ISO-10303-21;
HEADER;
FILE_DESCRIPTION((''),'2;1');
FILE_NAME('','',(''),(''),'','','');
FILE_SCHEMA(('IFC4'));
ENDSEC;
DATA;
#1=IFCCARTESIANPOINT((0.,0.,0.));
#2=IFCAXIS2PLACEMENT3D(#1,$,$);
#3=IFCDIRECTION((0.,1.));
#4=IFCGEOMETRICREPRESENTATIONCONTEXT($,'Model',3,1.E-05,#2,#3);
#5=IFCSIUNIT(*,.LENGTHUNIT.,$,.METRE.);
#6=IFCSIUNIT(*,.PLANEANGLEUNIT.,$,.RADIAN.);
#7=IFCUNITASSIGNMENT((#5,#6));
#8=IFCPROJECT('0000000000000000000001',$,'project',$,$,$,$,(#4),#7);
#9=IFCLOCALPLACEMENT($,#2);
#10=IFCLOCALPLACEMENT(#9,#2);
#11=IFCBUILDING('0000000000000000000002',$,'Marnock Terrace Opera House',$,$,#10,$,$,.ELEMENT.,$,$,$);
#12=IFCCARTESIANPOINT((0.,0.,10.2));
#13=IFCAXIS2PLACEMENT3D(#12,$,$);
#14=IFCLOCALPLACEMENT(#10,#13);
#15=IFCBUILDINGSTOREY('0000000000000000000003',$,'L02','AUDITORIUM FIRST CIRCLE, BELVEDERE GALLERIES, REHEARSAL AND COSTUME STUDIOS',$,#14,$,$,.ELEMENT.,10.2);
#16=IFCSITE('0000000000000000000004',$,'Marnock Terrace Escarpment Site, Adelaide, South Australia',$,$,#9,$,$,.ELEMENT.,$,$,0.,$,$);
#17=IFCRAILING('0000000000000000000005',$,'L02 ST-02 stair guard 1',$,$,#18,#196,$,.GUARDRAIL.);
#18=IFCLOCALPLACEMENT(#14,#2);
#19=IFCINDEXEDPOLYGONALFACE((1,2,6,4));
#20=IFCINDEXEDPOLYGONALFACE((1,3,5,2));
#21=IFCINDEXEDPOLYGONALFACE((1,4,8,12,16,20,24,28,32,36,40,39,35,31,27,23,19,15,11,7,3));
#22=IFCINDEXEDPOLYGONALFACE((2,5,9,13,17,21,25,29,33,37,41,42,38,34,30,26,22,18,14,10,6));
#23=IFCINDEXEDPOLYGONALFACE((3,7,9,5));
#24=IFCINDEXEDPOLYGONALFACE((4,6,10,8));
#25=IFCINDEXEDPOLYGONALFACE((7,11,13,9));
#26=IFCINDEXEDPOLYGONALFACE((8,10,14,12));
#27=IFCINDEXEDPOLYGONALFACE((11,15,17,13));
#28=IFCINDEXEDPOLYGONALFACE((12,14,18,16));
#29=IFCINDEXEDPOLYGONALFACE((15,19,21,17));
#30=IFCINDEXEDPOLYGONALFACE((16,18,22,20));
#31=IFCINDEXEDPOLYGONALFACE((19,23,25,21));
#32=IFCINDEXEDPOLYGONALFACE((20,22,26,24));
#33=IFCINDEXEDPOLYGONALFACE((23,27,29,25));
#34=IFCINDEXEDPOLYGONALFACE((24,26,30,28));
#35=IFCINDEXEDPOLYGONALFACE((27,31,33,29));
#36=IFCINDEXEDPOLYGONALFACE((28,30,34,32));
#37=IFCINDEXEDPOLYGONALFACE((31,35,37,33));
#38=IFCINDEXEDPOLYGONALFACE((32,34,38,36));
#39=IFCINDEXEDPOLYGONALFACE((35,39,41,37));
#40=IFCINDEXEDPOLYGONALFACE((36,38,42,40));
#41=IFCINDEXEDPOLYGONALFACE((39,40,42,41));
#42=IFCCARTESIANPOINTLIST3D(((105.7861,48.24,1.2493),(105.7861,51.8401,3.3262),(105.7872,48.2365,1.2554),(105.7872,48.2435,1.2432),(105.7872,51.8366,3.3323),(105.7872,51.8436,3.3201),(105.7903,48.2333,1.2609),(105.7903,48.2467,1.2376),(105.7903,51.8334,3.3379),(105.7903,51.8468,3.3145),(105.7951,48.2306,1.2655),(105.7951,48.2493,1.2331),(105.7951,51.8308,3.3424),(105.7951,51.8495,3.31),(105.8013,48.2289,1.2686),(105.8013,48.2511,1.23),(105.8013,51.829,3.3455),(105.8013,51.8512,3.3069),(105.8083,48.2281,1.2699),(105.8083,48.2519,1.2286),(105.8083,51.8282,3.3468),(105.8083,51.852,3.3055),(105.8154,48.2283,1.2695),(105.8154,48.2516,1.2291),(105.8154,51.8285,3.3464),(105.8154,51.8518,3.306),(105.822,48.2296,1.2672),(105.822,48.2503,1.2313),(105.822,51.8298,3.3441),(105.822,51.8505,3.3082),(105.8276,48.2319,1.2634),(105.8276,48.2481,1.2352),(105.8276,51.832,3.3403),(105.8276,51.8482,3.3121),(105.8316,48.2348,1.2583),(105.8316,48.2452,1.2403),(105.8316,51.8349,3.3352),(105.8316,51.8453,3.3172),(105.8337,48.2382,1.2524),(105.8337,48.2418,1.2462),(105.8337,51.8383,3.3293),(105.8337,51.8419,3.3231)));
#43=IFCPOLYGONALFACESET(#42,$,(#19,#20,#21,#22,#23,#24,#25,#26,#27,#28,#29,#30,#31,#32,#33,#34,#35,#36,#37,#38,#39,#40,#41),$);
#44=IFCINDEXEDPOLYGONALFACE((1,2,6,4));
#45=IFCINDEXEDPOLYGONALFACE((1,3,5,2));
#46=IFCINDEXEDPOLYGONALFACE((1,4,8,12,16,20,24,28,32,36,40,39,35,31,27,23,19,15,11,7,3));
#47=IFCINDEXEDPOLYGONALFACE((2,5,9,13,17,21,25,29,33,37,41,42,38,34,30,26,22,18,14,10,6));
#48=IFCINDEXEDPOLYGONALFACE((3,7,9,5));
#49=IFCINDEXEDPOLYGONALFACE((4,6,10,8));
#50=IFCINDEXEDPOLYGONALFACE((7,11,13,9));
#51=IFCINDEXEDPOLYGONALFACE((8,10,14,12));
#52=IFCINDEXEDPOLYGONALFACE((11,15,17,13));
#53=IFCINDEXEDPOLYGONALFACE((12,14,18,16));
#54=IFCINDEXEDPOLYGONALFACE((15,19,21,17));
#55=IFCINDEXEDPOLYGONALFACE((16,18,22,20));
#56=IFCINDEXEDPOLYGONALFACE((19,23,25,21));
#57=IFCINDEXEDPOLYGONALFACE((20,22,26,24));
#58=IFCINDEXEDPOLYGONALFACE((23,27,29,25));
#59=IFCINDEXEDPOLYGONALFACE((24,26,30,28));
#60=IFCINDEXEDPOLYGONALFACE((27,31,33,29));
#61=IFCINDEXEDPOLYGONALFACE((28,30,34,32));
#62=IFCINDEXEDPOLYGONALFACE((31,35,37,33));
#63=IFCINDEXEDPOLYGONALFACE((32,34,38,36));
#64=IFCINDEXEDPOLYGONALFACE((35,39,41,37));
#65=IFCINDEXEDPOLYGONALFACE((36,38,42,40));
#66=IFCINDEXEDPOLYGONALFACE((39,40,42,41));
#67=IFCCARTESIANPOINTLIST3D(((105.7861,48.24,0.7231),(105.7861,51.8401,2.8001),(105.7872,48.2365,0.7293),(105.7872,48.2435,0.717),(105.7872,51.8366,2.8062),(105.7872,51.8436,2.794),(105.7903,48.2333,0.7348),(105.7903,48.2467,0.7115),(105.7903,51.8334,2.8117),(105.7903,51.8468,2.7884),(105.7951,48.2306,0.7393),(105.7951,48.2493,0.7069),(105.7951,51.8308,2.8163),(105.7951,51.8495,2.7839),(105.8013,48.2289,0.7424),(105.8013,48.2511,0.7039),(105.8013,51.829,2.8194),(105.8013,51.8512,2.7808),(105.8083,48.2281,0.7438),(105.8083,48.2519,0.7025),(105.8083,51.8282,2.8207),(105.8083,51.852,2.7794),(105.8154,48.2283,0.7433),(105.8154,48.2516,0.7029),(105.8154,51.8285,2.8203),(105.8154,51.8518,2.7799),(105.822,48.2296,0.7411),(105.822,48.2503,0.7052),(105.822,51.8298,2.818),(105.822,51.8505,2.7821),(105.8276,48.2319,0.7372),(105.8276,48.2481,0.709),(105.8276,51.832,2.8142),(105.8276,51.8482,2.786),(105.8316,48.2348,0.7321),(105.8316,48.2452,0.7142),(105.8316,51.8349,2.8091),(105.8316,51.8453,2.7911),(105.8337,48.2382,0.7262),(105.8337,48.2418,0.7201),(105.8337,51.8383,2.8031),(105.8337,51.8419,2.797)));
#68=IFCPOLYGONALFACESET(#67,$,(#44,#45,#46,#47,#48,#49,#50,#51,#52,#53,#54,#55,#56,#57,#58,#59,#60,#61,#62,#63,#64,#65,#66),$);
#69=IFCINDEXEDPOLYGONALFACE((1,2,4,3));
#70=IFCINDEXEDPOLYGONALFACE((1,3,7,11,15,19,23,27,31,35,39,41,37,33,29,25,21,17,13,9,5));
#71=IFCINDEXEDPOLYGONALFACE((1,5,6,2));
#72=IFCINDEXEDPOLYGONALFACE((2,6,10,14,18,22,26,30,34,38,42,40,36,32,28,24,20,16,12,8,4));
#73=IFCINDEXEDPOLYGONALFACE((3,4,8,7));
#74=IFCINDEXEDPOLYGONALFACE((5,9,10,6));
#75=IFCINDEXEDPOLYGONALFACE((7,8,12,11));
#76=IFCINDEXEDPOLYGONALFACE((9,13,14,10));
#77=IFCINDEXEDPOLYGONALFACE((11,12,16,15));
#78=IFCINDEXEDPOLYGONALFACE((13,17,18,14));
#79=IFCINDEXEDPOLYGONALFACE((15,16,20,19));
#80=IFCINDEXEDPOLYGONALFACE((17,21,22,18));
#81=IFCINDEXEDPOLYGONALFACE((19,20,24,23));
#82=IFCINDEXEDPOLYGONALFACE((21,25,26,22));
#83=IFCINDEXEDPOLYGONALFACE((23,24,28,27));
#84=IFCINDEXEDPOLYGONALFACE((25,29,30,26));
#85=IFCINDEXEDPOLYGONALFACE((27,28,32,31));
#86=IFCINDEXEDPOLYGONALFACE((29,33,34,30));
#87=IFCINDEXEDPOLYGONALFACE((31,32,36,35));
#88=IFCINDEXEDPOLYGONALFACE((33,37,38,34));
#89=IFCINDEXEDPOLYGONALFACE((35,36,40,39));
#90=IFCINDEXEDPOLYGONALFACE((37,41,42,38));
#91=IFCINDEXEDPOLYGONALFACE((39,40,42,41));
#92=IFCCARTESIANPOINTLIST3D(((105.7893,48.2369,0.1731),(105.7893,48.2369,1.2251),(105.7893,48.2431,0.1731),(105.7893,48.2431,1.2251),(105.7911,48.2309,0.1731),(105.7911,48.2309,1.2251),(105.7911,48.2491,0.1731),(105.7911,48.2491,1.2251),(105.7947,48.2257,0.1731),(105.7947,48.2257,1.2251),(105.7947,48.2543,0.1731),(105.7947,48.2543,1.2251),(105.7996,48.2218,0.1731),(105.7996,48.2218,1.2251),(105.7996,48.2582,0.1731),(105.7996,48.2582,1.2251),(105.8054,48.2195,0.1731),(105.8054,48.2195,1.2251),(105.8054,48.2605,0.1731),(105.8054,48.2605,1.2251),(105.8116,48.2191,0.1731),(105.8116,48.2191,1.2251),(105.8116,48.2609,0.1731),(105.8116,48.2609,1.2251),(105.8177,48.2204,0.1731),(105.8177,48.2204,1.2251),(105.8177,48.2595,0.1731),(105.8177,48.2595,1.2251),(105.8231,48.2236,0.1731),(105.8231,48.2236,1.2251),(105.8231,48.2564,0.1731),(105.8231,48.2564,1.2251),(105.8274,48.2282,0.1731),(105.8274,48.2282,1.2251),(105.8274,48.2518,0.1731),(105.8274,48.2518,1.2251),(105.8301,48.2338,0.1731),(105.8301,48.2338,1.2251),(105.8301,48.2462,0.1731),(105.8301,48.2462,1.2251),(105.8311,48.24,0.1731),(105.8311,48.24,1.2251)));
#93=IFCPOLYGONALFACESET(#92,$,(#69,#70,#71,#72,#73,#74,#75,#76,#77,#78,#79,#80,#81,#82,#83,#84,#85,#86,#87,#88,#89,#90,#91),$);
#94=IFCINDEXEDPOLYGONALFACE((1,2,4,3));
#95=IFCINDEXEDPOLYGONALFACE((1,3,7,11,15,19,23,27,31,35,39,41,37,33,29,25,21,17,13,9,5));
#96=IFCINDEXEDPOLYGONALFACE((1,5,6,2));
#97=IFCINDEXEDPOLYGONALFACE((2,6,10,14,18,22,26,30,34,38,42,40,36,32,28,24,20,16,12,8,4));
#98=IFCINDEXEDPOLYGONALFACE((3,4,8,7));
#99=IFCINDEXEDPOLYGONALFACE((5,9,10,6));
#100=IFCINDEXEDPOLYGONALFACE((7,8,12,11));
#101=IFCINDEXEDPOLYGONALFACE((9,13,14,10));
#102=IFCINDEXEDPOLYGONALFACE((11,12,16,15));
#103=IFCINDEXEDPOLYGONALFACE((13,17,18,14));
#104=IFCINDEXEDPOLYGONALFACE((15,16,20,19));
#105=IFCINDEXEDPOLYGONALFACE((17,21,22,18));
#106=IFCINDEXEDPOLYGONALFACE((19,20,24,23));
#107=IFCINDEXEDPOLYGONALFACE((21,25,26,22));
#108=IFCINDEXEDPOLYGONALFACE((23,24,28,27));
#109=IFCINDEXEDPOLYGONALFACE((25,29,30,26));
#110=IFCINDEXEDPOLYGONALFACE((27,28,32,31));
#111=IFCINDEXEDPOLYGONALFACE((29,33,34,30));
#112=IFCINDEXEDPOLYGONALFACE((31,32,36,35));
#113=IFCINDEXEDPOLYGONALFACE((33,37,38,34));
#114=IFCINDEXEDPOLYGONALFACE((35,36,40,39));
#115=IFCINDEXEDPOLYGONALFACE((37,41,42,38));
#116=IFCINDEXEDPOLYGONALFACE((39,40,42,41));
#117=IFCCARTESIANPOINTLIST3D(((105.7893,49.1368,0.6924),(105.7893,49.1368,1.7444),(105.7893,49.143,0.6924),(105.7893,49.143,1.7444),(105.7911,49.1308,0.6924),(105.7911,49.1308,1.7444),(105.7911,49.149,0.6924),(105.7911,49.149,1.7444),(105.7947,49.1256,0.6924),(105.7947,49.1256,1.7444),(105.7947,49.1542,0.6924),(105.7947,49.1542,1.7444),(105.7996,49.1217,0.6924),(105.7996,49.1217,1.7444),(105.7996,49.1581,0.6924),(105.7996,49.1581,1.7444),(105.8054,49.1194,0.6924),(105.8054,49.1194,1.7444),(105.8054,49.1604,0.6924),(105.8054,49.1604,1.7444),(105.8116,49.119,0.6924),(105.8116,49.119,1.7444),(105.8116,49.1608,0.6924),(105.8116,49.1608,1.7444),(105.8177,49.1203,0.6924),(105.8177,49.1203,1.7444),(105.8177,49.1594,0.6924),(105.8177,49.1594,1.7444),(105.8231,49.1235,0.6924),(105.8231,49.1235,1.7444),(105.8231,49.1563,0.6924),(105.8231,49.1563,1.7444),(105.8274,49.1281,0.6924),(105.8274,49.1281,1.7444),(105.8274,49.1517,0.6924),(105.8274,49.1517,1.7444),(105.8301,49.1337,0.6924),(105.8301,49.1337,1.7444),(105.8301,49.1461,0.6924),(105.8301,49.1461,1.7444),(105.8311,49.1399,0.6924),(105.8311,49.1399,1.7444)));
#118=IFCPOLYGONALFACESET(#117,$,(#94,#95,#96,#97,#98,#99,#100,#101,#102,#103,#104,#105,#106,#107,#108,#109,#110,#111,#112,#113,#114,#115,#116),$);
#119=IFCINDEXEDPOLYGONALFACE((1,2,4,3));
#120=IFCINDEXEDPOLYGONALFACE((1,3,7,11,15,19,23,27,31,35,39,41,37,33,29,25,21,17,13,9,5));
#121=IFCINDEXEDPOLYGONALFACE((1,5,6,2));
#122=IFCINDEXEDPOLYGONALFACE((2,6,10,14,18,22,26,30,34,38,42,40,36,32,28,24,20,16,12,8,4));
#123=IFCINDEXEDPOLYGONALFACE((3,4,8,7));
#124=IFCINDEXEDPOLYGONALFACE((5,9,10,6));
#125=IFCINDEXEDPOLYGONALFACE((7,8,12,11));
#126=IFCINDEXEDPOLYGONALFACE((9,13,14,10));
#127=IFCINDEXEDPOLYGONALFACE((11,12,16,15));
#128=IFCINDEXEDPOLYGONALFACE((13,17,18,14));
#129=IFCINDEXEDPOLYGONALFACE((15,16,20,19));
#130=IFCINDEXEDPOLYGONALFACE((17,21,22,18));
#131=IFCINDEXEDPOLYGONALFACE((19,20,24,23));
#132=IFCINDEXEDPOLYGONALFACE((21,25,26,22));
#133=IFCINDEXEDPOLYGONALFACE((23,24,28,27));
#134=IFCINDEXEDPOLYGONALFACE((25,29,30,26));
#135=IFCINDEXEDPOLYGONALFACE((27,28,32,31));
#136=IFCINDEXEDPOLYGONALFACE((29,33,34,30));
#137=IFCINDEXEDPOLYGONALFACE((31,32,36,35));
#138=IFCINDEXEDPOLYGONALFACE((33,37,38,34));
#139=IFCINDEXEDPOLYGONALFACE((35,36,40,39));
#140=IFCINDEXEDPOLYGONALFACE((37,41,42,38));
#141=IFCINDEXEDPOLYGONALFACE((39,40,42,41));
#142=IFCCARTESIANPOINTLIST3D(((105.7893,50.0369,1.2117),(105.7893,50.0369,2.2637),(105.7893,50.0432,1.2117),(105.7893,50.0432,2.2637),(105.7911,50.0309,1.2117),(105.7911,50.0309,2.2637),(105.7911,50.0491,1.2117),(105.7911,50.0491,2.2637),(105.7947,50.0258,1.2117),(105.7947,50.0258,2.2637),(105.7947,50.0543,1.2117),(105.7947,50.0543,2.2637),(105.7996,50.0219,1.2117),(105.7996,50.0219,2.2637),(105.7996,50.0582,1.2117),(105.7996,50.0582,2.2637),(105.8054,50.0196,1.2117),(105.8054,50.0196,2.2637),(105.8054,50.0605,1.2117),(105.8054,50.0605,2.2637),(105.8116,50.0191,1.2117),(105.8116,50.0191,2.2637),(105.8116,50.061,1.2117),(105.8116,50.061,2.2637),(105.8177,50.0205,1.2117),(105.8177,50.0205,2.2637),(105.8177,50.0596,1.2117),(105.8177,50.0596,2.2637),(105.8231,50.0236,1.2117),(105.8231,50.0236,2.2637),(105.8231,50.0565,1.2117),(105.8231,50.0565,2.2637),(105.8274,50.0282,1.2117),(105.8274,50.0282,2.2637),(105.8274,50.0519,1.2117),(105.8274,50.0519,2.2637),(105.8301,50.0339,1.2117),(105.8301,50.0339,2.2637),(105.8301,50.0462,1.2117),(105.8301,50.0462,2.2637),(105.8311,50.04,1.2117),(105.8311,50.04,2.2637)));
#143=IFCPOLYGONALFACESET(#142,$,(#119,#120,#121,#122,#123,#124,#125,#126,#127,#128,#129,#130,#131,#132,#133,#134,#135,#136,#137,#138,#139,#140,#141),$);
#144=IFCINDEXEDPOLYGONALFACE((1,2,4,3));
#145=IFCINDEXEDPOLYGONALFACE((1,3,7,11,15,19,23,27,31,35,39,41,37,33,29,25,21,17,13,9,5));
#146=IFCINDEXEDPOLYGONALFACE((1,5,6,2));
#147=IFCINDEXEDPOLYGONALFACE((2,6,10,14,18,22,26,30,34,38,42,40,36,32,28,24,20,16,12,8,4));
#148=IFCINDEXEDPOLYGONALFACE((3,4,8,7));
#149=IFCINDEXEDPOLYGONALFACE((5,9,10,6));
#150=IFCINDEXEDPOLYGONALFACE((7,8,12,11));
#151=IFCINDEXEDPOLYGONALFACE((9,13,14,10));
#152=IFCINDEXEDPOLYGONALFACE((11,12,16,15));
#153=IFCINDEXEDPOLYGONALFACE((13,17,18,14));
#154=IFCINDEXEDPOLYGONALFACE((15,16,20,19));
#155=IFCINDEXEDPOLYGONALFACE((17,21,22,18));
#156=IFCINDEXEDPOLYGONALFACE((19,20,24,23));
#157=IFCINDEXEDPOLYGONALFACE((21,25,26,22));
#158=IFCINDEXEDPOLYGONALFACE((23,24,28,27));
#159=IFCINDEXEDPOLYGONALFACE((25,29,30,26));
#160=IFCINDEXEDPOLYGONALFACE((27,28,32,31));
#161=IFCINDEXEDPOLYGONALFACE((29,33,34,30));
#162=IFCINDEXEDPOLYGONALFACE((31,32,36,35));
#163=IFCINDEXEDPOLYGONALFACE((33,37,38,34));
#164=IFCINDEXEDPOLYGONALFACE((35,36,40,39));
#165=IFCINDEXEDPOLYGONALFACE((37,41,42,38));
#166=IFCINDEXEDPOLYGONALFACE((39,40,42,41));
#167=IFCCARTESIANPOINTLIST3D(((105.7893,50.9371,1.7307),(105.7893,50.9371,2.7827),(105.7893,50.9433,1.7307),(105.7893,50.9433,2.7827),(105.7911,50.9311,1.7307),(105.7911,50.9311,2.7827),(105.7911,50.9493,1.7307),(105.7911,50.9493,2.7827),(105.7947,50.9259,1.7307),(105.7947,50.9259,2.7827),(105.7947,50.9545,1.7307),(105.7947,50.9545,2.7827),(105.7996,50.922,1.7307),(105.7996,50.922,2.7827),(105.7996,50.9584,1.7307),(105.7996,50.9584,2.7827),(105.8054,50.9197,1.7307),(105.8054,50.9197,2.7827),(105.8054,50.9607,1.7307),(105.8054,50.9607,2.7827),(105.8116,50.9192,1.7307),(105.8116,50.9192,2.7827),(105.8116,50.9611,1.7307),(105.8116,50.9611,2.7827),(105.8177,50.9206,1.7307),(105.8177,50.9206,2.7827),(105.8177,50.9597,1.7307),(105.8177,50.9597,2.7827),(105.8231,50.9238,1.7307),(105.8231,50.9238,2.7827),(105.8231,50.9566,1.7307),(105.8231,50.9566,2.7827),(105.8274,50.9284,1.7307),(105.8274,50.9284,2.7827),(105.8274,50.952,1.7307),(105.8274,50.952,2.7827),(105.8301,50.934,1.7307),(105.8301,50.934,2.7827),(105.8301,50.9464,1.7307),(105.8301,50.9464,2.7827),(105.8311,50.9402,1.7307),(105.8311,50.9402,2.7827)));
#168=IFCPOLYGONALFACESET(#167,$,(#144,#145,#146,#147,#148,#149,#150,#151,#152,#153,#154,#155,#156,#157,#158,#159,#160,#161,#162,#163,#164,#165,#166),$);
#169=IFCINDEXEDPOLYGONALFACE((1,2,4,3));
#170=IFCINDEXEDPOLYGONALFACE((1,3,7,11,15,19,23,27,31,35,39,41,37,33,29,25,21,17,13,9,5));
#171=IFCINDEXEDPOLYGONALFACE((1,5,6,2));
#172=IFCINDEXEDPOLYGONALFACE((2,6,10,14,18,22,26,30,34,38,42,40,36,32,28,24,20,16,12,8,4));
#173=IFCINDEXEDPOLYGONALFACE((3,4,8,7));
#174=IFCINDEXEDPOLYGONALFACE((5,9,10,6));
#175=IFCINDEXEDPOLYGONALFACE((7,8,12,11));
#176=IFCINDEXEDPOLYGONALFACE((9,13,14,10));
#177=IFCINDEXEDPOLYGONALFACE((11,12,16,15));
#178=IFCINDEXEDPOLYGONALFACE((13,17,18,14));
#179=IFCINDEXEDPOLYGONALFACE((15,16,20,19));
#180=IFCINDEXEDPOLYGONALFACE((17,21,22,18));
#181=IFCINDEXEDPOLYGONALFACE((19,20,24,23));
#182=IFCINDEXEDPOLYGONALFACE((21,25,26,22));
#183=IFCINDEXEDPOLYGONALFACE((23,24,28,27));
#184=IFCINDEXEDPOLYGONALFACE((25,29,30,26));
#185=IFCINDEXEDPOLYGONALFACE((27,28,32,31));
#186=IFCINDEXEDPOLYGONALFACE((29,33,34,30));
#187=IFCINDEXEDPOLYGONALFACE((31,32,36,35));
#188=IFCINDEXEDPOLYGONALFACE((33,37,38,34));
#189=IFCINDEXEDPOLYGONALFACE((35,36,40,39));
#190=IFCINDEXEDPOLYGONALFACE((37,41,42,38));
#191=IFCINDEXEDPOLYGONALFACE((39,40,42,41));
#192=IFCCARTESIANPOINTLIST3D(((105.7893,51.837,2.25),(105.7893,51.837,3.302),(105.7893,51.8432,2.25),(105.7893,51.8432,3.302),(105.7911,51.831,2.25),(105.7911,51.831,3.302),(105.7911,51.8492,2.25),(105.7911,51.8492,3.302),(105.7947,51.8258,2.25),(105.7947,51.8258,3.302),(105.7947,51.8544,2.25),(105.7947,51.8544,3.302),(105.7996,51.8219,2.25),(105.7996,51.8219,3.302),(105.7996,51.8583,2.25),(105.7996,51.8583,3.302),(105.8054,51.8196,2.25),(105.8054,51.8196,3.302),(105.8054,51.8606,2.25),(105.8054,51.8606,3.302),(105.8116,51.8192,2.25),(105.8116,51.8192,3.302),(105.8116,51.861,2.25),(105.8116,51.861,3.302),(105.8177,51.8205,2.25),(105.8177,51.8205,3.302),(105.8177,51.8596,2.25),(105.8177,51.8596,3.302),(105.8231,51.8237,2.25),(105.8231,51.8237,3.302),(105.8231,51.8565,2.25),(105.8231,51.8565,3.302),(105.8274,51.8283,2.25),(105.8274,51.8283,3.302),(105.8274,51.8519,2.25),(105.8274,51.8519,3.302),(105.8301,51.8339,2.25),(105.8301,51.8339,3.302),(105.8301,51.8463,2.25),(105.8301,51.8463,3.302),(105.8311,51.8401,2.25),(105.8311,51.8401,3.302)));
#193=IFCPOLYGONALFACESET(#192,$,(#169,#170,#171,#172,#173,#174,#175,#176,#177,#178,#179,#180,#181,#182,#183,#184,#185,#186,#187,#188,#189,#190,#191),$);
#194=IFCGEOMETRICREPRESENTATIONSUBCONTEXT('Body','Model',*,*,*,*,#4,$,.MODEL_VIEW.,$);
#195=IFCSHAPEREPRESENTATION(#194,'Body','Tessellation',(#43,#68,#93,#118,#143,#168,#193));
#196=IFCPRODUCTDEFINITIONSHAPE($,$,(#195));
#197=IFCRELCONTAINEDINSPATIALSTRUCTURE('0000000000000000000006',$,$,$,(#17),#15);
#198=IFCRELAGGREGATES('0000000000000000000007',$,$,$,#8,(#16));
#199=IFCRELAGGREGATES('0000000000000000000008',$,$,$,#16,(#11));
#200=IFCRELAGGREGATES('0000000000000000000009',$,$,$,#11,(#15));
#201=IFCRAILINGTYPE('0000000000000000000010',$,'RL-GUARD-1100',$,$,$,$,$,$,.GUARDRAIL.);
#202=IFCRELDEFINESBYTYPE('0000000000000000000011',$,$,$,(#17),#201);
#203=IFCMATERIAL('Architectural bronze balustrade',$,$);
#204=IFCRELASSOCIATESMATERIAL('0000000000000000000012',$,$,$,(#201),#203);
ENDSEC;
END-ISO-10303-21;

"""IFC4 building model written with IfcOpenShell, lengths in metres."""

from ifc_helpers import new_model, si_unit, direction, frame, origin, origin_2d, place, context, subcontext, project, spatial, circle, extrude, material, type_object, element, save


model = new_model("IFC4")

# Units and contexts
model_context = context("Model", 3, precision=1e-05, world=origin(), true_north=direction((0.0, 1.0)))
body_context = subcontext(model_context, "Body", "Model", "MODEL_VIEW")
ifc_project = project(units=[si_unit("LENGTHUNIT", "METRE"), si_unit("PLANEANGLEUNIT", "RADIAN")], contexts=[model_context])

# Site, building, storey
site_placement = place(None, origin())
site = spatial("IfcSite", under=ifc_project, at=site_placement, Name="Marnock Terrace Escarpment Site, Adelaide, South Australia", CompositionType="ELEMENT", RefElevation=0.0)
building_placement = place(site_placement, origin())
building = spatial("IfcBuilding", under=site, at=building_placement, Name="Marnock Terrace Opera House", CompositionType="ELEMENT")
storey_placement = place(building_placement, frame((0.0, 0.0, 10.2)))
storey = spatial("IfcBuildingStorey", under=building, at=storey_placement, Name="L02", Description="AUDITORIUM FIRST CIRCLE, BELVEDERE GALLERIES, REHEARSAL AND COSTUME STUDIOS", CompositionType="ELEMENT", Elevation=10.2)

# Railing
ifc_material_1 = material(Name="Architectural bronze balustrade")
railing_type_1 = type_object("IfcRailingType", Name="RL-GUARD-1100", PredefinedType="GUARDRAIL", material=ifc_material_1)
railing_1_placement = place(storey_placement, frame((105.8101, 48.24, 0.1731)))
element("IfcRailing", 1, at=railing_1_placement, inside=storey, type_object=railing_type_1, Name="L02 ST-02 stair guard 1", PredefinedType="GUARDRAIL", context=body_context, shape_type="SweptSolid", body=[
    extrude(circle(Radius=0.0239, at=origin_2d()), frame((0.0, 0.0, 1.0762), z_axis=(0.0, 0.866193, 0.499709), x_axis=(-1.0, 0.0, 0.0)), (0.0, 0.0, 1.0), 4.1562),
    extrude(circle(Radius=0.0239, at=origin_2d()), frame((0.0, 0.0, 0.55), z_axis=(0.0, 0.866193, 0.499709), x_axis=(-1.0, 0.0, 0.0)), (0.0, 0.0, 1.0), 4.1562),
    extrude(circle(Radius=0.021, at=origin_2d()), origin(), (0.0, 0.0, 1.0), 1.052),
    extrude(circle(Radius=0.021, at=origin_2d()), frame((0.0, 0.8999, 0.5193)), (0.0, 0.0, 1.0), 1.052),
    extrude(circle(Radius=0.021, at=origin_2d()), frame((0.0, 1.8, 1.0386)), (0.0, 0.0, 1.0), 1.052),
    extrude(circle(Radius=0.021, at=origin_2d()), frame((0.0, 2.7002, 1.5576)), (0.0, 0.0, 1.0), 1.052),
    extrude(circle(Radius=0.021, at=origin_2d()), frame((0.0, 3.6001, 2.0769)), (0.0, 0.0, 1.0), 1.052),
])

save(model, "model.ifc")
